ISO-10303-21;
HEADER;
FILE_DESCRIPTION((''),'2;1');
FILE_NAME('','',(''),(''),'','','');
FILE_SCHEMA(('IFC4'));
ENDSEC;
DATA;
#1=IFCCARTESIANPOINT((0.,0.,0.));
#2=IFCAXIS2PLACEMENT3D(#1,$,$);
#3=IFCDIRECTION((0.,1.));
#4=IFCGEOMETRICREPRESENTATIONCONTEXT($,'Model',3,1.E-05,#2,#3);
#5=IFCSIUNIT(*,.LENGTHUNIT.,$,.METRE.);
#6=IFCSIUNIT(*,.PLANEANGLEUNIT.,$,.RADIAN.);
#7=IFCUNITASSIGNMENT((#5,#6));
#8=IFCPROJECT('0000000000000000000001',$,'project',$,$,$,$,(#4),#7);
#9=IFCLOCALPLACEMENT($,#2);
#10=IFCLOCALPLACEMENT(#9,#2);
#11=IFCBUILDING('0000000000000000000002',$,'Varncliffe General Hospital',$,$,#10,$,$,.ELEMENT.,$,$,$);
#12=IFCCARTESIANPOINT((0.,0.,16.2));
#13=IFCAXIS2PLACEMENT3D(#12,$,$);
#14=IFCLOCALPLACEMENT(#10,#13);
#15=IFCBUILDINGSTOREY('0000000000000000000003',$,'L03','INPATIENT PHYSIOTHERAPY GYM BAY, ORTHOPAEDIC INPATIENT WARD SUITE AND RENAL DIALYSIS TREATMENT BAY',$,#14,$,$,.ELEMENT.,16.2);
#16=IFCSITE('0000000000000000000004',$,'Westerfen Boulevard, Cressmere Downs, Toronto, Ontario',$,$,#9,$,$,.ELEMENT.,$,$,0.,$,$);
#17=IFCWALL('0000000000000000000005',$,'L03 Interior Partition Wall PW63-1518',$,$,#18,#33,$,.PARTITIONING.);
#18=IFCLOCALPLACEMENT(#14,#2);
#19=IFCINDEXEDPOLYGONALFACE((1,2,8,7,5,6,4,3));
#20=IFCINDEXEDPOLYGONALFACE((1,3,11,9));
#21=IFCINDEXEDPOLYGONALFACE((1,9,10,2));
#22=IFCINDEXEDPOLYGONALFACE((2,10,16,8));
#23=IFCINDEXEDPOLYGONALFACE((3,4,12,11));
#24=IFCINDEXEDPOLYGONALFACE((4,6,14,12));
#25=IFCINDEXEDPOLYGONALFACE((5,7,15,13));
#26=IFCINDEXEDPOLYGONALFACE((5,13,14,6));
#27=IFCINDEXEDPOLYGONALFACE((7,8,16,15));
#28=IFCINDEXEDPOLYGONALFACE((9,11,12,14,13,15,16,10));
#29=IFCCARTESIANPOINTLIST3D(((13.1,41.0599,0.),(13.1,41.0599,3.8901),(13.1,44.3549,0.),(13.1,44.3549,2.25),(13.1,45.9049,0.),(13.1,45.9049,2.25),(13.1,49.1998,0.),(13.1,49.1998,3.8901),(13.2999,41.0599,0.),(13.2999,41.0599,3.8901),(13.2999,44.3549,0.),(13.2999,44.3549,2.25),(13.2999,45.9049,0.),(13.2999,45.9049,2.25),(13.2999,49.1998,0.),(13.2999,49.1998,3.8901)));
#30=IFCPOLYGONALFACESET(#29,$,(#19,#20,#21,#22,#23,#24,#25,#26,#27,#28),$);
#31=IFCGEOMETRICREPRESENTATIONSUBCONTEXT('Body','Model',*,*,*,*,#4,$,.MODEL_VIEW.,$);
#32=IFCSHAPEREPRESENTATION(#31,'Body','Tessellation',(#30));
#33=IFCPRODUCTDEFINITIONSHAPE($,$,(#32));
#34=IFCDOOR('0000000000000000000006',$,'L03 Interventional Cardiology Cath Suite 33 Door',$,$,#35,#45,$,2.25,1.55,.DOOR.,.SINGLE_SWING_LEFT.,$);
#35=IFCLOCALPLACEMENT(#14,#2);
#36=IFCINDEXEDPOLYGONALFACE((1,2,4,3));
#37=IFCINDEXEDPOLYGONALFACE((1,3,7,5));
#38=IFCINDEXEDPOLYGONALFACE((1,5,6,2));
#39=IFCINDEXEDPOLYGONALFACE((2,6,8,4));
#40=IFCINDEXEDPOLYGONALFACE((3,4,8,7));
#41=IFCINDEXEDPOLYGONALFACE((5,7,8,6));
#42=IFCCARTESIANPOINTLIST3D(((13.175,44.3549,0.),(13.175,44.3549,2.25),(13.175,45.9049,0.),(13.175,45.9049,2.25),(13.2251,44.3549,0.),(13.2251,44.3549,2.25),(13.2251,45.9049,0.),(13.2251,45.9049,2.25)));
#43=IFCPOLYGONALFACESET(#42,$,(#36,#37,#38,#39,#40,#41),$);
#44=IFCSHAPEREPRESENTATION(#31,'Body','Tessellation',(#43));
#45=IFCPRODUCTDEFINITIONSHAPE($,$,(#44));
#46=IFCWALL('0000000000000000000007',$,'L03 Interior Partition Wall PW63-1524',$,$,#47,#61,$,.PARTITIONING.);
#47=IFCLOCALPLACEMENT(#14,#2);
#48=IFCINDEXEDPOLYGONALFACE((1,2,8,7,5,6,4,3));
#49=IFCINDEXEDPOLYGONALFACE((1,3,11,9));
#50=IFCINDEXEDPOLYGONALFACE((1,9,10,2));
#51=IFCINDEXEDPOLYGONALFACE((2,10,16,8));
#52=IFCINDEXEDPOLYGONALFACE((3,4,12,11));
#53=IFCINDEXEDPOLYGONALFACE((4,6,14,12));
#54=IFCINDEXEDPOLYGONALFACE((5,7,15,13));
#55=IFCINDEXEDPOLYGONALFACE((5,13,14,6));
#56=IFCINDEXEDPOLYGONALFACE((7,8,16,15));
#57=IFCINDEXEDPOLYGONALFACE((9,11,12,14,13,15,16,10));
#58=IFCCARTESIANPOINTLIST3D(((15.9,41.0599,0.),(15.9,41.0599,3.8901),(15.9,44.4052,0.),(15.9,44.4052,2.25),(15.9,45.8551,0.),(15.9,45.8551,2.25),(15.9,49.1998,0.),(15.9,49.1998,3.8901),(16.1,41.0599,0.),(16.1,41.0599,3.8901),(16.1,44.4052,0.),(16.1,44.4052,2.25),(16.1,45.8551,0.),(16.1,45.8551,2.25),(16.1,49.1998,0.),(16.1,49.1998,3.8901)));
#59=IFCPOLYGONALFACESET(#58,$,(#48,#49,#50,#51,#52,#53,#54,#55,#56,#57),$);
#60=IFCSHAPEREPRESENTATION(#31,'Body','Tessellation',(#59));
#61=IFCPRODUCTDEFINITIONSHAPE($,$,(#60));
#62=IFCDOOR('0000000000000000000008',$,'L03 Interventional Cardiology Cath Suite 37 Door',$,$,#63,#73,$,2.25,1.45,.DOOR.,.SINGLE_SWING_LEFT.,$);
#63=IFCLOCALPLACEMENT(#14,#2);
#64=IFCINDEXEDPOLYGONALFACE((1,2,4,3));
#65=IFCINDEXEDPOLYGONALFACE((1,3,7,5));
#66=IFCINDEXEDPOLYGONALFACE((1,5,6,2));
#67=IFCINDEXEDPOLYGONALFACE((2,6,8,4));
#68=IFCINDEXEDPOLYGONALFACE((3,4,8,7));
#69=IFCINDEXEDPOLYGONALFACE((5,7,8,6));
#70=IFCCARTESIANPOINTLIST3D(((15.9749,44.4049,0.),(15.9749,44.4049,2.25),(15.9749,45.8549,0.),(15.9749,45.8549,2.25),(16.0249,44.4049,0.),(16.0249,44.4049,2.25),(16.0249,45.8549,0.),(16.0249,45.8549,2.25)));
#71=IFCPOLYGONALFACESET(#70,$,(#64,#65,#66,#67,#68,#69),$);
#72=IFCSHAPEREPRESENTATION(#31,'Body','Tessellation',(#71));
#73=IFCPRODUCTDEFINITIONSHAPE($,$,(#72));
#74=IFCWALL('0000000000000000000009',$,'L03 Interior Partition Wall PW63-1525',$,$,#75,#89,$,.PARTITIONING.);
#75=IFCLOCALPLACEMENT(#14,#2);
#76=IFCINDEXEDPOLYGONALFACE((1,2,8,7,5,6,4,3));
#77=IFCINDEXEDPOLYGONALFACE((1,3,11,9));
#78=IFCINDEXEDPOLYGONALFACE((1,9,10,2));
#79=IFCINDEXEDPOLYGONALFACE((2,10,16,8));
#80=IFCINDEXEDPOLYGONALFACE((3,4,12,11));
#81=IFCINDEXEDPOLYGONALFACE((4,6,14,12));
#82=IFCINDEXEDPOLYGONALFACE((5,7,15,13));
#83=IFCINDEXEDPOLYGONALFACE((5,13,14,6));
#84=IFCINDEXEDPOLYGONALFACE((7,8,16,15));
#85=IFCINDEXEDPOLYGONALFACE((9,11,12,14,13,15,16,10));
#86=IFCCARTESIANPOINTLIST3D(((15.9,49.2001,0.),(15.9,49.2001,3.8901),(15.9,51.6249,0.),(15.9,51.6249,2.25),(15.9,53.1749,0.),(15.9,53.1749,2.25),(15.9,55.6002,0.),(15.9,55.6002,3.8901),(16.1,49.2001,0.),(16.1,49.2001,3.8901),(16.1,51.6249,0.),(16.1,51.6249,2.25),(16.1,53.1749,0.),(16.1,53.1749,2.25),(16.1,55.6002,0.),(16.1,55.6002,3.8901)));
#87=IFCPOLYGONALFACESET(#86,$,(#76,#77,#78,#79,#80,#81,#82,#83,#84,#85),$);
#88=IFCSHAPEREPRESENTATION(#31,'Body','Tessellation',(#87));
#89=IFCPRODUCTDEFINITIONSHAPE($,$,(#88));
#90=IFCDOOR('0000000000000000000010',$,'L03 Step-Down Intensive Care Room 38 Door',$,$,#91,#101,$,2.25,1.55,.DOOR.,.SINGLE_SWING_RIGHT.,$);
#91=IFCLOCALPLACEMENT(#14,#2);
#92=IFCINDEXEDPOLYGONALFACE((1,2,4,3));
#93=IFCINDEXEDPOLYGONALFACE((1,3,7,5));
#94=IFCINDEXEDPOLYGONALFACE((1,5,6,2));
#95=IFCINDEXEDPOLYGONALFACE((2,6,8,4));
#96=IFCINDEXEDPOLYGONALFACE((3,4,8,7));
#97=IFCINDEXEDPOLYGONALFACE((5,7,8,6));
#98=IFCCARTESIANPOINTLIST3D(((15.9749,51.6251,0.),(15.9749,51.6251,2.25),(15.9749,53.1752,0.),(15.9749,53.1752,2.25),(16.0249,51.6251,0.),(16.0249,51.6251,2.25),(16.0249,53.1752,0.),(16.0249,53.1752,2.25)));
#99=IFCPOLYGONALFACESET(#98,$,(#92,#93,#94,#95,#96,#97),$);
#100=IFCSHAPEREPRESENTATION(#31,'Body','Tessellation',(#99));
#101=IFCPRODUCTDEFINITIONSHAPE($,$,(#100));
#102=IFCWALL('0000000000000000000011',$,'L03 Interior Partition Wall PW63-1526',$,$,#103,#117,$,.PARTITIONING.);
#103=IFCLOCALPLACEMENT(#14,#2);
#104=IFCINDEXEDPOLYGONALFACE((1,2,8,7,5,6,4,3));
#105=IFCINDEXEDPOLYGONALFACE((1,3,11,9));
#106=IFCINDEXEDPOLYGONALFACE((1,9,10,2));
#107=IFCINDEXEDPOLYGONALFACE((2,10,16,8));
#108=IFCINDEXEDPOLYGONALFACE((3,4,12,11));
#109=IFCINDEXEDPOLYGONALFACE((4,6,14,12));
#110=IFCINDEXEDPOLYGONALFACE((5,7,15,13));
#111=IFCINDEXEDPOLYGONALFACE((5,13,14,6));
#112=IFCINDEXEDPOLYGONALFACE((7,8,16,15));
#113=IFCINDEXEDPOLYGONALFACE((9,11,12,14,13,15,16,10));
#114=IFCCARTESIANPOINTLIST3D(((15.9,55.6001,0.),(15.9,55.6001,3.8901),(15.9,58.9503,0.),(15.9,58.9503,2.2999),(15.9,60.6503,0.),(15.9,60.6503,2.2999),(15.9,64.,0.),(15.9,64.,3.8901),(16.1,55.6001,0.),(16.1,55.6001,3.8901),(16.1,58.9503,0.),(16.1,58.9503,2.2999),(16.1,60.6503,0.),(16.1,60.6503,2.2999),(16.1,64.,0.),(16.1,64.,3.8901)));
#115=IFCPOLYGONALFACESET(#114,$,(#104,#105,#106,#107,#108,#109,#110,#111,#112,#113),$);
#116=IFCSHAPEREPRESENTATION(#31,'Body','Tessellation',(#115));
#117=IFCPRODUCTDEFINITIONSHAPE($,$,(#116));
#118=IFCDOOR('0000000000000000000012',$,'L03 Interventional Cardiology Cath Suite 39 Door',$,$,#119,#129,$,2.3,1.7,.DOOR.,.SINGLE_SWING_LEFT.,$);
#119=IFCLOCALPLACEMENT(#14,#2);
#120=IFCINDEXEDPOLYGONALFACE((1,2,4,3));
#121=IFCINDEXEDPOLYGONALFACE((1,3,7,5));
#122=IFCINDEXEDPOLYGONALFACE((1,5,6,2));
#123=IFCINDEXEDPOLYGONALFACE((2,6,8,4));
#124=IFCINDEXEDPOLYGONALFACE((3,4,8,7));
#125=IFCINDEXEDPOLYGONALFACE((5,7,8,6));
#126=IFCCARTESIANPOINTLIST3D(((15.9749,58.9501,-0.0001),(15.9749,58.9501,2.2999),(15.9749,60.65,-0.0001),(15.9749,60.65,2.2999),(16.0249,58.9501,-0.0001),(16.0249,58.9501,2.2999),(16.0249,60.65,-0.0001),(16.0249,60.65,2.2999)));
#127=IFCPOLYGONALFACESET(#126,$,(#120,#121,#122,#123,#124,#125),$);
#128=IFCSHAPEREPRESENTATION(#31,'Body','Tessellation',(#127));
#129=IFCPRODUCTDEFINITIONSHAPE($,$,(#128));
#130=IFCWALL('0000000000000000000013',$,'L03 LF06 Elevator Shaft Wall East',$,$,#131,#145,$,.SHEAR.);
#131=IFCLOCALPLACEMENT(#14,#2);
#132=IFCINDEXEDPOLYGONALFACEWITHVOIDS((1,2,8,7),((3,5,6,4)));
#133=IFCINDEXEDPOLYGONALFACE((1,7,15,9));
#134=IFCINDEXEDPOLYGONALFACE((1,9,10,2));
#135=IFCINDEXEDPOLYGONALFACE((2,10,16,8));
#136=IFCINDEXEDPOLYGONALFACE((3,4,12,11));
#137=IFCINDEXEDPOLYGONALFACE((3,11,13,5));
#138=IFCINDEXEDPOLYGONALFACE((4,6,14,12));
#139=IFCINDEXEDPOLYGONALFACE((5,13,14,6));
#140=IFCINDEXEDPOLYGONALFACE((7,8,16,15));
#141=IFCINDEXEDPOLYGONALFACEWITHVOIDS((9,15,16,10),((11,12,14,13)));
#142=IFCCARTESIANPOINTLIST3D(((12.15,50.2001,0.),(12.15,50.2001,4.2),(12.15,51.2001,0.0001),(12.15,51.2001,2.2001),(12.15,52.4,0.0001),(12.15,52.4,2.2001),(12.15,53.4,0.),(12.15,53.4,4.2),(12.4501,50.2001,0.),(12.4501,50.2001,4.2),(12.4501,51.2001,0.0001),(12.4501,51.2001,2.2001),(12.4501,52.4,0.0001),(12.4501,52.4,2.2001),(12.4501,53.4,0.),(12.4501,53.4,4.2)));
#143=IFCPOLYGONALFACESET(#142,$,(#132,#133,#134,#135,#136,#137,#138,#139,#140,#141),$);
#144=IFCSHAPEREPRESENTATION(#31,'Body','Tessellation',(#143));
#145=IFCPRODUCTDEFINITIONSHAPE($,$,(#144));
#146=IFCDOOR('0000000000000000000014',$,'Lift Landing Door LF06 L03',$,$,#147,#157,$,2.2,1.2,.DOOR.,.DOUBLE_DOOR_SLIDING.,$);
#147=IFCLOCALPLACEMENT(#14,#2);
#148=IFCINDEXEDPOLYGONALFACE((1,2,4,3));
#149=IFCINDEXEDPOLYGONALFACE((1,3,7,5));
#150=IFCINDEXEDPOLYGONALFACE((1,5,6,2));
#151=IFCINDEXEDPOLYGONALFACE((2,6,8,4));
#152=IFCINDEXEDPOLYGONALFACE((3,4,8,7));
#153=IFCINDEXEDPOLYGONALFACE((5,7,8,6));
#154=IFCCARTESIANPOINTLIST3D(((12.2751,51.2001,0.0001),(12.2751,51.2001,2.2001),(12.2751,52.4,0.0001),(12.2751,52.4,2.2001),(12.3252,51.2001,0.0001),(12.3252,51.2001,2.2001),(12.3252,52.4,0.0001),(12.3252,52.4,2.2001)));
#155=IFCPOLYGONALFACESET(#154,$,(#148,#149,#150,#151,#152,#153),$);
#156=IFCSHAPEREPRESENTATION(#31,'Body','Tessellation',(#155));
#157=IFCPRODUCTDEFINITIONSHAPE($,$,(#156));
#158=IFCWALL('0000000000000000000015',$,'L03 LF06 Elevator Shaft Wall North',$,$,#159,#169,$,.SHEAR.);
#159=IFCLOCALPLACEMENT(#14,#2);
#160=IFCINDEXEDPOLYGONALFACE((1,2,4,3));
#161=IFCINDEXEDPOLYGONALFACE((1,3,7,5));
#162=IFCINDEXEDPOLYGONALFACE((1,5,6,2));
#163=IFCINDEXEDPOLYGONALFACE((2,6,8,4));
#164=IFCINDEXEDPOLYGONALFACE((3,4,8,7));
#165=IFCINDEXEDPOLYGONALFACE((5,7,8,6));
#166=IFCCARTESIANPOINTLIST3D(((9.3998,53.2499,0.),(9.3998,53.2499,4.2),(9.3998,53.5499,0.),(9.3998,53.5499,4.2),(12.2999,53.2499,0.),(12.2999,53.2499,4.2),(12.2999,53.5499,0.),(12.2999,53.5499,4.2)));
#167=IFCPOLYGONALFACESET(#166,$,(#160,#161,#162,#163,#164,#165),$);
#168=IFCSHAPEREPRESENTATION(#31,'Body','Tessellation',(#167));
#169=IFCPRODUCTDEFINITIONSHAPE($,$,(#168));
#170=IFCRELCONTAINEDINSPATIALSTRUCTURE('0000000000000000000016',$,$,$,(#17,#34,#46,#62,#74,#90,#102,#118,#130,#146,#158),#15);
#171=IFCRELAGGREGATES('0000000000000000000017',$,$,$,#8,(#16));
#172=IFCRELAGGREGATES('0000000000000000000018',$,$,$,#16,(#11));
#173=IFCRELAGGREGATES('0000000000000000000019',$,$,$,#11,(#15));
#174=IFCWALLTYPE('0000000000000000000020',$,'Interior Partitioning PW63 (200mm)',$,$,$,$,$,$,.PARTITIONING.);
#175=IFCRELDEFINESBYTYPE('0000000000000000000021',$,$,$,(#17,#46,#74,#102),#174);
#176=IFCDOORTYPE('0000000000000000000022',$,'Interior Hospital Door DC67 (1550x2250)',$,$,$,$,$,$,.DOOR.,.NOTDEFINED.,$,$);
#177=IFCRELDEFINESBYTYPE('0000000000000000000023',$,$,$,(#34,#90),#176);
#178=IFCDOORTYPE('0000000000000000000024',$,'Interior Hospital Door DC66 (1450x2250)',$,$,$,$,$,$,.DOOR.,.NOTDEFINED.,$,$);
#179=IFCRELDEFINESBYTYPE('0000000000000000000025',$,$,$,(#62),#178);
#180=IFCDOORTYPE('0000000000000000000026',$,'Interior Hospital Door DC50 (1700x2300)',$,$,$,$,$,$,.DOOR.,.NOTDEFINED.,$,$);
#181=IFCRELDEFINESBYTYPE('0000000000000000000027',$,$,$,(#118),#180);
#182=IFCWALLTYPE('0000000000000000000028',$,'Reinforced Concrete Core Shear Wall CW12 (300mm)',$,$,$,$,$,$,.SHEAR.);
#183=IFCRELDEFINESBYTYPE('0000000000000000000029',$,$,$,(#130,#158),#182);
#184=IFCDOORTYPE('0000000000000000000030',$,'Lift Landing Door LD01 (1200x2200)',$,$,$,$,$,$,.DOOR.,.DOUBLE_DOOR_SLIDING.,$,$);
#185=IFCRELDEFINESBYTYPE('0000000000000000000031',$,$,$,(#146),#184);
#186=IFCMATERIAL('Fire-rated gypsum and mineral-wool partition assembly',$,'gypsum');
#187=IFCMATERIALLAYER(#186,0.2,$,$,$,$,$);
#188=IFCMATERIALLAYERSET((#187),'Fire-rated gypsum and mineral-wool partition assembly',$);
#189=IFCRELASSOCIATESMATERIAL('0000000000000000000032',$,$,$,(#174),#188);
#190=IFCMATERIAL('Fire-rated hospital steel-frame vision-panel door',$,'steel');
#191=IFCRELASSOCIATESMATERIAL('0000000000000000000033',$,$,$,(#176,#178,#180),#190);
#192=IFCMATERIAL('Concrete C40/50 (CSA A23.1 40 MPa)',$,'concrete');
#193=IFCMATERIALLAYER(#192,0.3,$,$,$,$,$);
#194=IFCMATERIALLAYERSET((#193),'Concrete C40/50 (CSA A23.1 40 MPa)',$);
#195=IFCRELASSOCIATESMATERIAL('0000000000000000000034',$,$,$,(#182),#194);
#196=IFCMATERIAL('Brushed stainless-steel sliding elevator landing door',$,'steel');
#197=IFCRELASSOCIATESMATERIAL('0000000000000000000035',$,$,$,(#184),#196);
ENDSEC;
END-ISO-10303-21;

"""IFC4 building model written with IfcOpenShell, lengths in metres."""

from ifc_helpers import new_model, si_unit, direction, frame, frame_2d, origin, place, context, subcontext, project, spatial, rectangle, extrude, material, layer, layer_set, type_object, element, fill, save


model = new_model("IFC4")

# Units and contexts
model_context = context("Model", 3, precision=1e-05, world=origin(), true_north=direction((0.0, 1.0)))
body_context = subcontext(model_context, "Body", "Model", "MODEL_VIEW")
ifc_project = project(units=[si_unit("LENGTHUNIT", "METRE"), si_unit("PLANEANGLEUNIT", "RADIAN")], contexts=[model_context])

# Site, building, storey
site_placement = place(None, origin())
site = spatial("IfcSite", under=ifc_project, at=site_placement, Name="Westerfen Boulevard, Cressmere Downs, Toronto, Ontario", CompositionType="ELEMENT", RefElevation=0.0)
building_placement = place(site_placement, origin())
building = spatial("IfcBuilding", under=site, at=building_placement, Name="Varncliffe General Hospital", CompositionType="ELEMENT")
storey_placement = place(building_placement, frame((0.0, 0.0, 16.2)))
storey = spatial("IfcBuildingStorey", under=building, at=storey_placement, Name="L03", Description="INPATIENT PHYSIOTHERAPY GYM BAY, ORTHOPAEDIC INPATIENT WARD SUITE AND RENAL DIALYSIS TREATMENT BAY", CompositionType="ELEMENT", Elevation=16.2)

# Shared definitions
ifc_material_1 = material(Name="Concrete C40/50 (CSA A23.1 40 MPa)", Category="concrete")

# Walls, openings, doors
ifc_material_2 = material(Name="Fire-rated gypsum and mineral-wool partition assembly", Category="gypsum")
ifc_layer_1 = layer(ifc_material_2, 0.2)
ifc_layer_set_1 = layer_set([ifc_layer_1], Name="Fire-rated gypsum and mineral-wool partition assembly")
wall_type_1 = type_object("IfcWallType", Name="Interior Partitioning PW63 (200mm)", PredefinedType="PARTITIONING", material=ifc_layer_set_1)
wall_1_placement = place(storey_placement, frame((13.2, 41.0601, 0.0), z_axis=(0.0, 0.0, 1.0), x_axis=(0.0, 1.0, 0.0)))
wall_1 = element("IfcWall", 1, at=wall_1_placement, inside=storey, type_object=wall_type_1, Name="L03 Interior Partition Wall PW63-1518", PredefinedType="PARTITIONING", context=body_context, shape_type="SweptSolid", body=[
    extrude(rectangle(XDim=8.1399, YDim=0.2, at=frame_2d((4.0698, 0.0))), origin(), (0.0, 0.0, 1.0), 3.8901),
])
opening_1_placement = place(wall_1_placement, frame((3.2949, 0.0, 0.0)))
opening_1 = element("IfcOpeningElement", 2, at=opening_1_placement, cuts=wall_1, PredefinedType="OPENING", context=body_context, shape_type="SweptSolid", body=[
    extrude(rectangle(XDim=1.55, YDim=2.25, at=frame_2d((0.7749, 1.125))), frame((0.0, 0.1099, 0.0), z_axis=(0.0, -1.0, 0.0), x_axis=(1.0, 0.0, 0.0)), (0.0, 0.0, 1.0), 0.22),
])
ifc_material_3 = material(Name="Fire-rated hospital steel-frame vision-panel door", Category="steel")
door_type_1 = type_object("IfcDoorType", Name="Interior Hospital Door DC67 (1550x2250)", OperationType="NOTDEFINED", PredefinedType="DOOR", material=ifc_material_3)
door_1_placement = place(opening_1_placement, origin())
door_1 = element("IfcDoor", 3, at=door_1_placement, inside=storey, type_object=door_type_1, Name="L03 Interventional Cardiology Cath Suite 33 Door", OperationType="SINGLE_SWING_LEFT", OverallHeight=2.25, OverallWidth=1.55, PredefinedType="DOOR", context=body_context, shape_type="SweptSolid", body=[
    extrude(rectangle(XDim=1.55, YDim=2.25, at=frame_2d((0.7749, 1.125))), frame((0.0, 0.0249, 0.0), z_axis=(0.0, -1.0, 0.0), x_axis=(1.0, 0.0, 0.0)), (0.0, 0.0, 1.0), 0.05),
])
fill(opening_1, door_1)
wall_2_placement = place(storey_placement, frame((16.0, 41.0601, 0.0), z_axis=(0.0, 0.0, 1.0), x_axis=(0.0, 1.0, 0.0)))
wall_2 = element("IfcWall", 4, at=wall_2_placement, inside=storey, type_object=wall_type_1, Name="L03 Interior Partition Wall PW63-1524", PredefinedType="PARTITIONING", context=body_context, shape_type="SweptSolid", body=[
    extrude(rectangle(XDim=8.1399, YDim=0.2, at=frame_2d((4.0698, 0.0))), origin(), (0.0, 0.0, 1.0), 3.8901),
])
opening_2_placement = place(wall_2_placement, frame((3.345, 0.0, 0.0)))
opening_2 = element("IfcOpeningElement", 5, at=opening_2_placement, cuts=wall_2, PredefinedType="OPENING", context=body_context, shape_type="SweptSolid", body=[
    extrude(rectangle(XDim=1.45, YDim=2.25, at=frame_2d((0.7251, 1.125))), frame((0.0, 0.1099, 0.0), z_axis=(0.0, -1.0, 0.0), x_axis=(1.0, 0.0, 0.0)), (0.0, 0.0, 1.0), 0.22),
])
door_type_2 = type_object("IfcDoorType", Name="Interior Hospital Door DC66 (1450x2250)", OperationType="NOTDEFINED", PredefinedType="DOOR", material=ifc_material_3)
door_2_placement = place(opening_2_placement, frame((1.45, 0.0, 0.0), z_axis=(0.0, 0.0, 1.0), x_axis=(-1.0, 0.0, 0.0)))
door_2 = element("IfcDoor", 6, at=door_2_placement, inside=storey, type_object=door_type_2, Name="L03 Interventional Cardiology Cath Suite 37 Door", OperationType="SINGLE_SWING_LEFT", OverallHeight=2.25, OverallWidth=1.45, PredefinedType="DOOR", context=body_context, shape_type="SweptSolid", body=[
    extrude(rectangle(XDim=1.45, YDim=2.25, at=frame_2d((0.7251, 1.125))), frame((0.0, 0.0249, 0.0), z_axis=(0.0, -1.0, 0.0), x_axis=(1.0, 0.0, 0.0)), (0.0, 0.0, 1.0), 0.05),
])
fill(opening_2, door_2)
wall_3_placement = place(storey_placement, frame((16.0, 49.2, 0.0), z_axis=(0.0, 0.0, 1.0), x_axis=(0.0, 1.0, 0.0)))
wall_3 = element("IfcWall", 7, at=wall_3_placement, inside=storey, type_object=wall_type_1, Name="L03 Interior Partition Wall PW63-1525", PredefinedType="PARTITIONING", context=body_context, shape_type="SweptSolid", body=[
    extrude(rectangle(XDim=6.4001, YDim=0.2, at=frame_2d((3.2002, 0.0))), origin(), (0.0, 0.0, 1.0), 3.8901),
])
opening_3_placement = place(wall_3_placement, frame((2.425, 0.0, 0.0)))
opening_3 = element("IfcOpeningElement", 8, at=opening_3_placement, cuts=wall_3, PredefinedType="OPENING", context=body_context, shape_type="SweptSolid", body=[
    extrude(rectangle(XDim=1.55, YDim=2.25, at=frame_2d((0.7749, 1.125))), frame((0.0, 0.1099, 0.0), z_axis=(0.0, -1.0, 0.0), x_axis=(1.0, 0.0, 0.0)), (0.0, 0.0, 1.0), 0.22),
])
door_3_placement = place(opening_3_placement, frame((1.55, 0.0, 0.0), z_axis=(0.0, 0.0, 1.0), x_axis=(-1.0, 0.0, 0.0)))
door_3 = element("IfcDoor", 9, at=door_3_placement, inside=storey, type_object=door_type_1, Name="L03 Step-Down Intensive Care Room 38 Door", OperationType="SINGLE_SWING_RIGHT", OverallHeight=2.25, OverallWidth=1.55, PredefinedType="DOOR", context=body_context, shape_type="SweptSolid", body=[
    extrude(rectangle(XDim=1.55, YDim=2.25, at=frame_2d((0.7749, 1.125))), frame((0.0, 0.0249, 0.0), z_axis=(0.0, -1.0, 0.0), x_axis=(1.0, 0.0, 0.0)), (0.0, 0.0, 1.0), 0.05),
])
fill(opening_3, door_3)
wall_4_placement = place(storey_placement, frame((16.0, 55.6001, 0.0), z_axis=(0.0, 0.0, 1.0), x_axis=(0.0, 1.0, 0.0)))
wall_4 = element("IfcWall", 10, at=wall_4_placement, inside=storey, type_object=wall_type_1, Name="L03 Interior Partition Wall PW63-1526", PredefinedType="PARTITIONING", context=body_context, shape_type="SweptSolid", body=[
    extrude(rectangle(XDim=8.3999, YDim=0.2, at=frame_2d((4.2, 0.0))), origin(), (0.0, 0.0, 1.0), 3.8901),
])
opening_4_placement = place(wall_4_placement, frame((3.3501, 0.0, 0.0)))
opening_4 = element("IfcOpeningElement", 11, at=opening_4_placement, cuts=wall_4, PredefinedType="OPENING", context=body_context, shape_type="SweptSolid", body=[
    extrude(rectangle(XDim=1.7, YDim=2.3, at=frame_2d((0.8501, 1.1499))), frame((0.0, 0.1099, 0.0), z_axis=(0.0, -1.0, 0.0), x_axis=(1.0, 0.0, 0.0)), (0.0, 0.0, 1.0), 0.22),
])
door_type_3 = type_object("IfcDoorType", Name="Interior Hospital Door DC50 (1700x2300)", OperationType="NOTDEFINED", PredefinedType="DOOR", material=ifc_material_3)
door_4_placement = place(opening_4_placement, frame((1.7, 0.0, 0.0), z_axis=(0.0, 0.0, 1.0), x_axis=(-1.0, 0.0, 0.0)))
door_4 = element("IfcDoor", 12, at=door_4_placement, inside=storey, type_object=door_type_3, Name="L03 Interventional Cardiology Cath Suite 39 Door", OperationType="SINGLE_SWING_LEFT", OverallHeight=2.3, OverallWidth=1.7, PredefinedType="DOOR", context=body_context, shape_type="SweptSolid", body=[
    extrude(rectangle(XDim=1.7, YDim=2.3, at=frame_2d((0.8501, 1.1499))), frame((0.0, 0.0249, 0.0), z_axis=(0.0, -1.0, 0.0), x_axis=(1.0, 0.0, 0.0)), (0.0, 0.0, 1.0), 0.05),
])
fill(opening_4, door_4)
ifc_layer_2 = layer(ifc_material_1, 0.3)
ifc_layer_set_2 = layer_set([ifc_layer_2], Name="Concrete C40/50 (CSA A23.1 40 MPa)")
wall_type_2 = type_object("IfcWallType", Name="Reinforced Concrete Core Shear Wall CW12 (300mm)", PredefinedType="SHEAR", material=ifc_layer_set_2)
wall_5_placement = place(storey_placement, frame((12.3, 50.2, 0.0), z_axis=(0.0, 0.0, 1.0), x_axis=(0.0, 1.0, 0.0)))
wall_5 = element("IfcWall", 13, at=wall_5_placement, inside=storey, type_object=wall_type_2, Name="L03 LF06 Elevator Shaft Wall East", PredefinedType="SHEAR", context=body_context, shape_type="SweptSolid", body=[
    extrude(rectangle(XDim=3.2, YDim=0.3, at=frame_2d((1.6001, 0.0))), origin(), (0.0, 0.0, 1.0), 4.2),
])
opening_5_placement = place(wall_5_placement, frame((1.0, 0.0, 0.0)))
opening_5 = element("IfcOpeningElement", 14, at=opening_5_placement, cuts=wall_5, PredefinedType="OPENING", context=body_context, shape_type="SweptSolid", body=[
    extrude(rectangle(XDim=1.2, YDim=2.2, at=frame_2d((0.6001, 1.1001))), frame((0.0, 0.1602, 0.0), z_axis=(0.0, -1.0, 0.0), x_axis=(1.0, 0.0, 0.0)), (0.0, 0.0, 1.0), 0.3201),
])
ifc_material_4 = material(Name="Brushed stainless-steel sliding elevator landing door", Category="steel")
door_type_4 = type_object("IfcDoorType", Name="Lift Landing Door LD01 (1200x2200)", OperationType="DOUBLE_DOOR_SLIDING", PredefinedType="DOOR", material=ifc_material_4)
door_5_placement = place(opening_5_placement, origin())
door_5 = element("IfcDoor", 15, at=door_5_placement, inside=storey, type_object=door_type_4, Name="Lift Landing Door LF06 L03", OperationType="DOUBLE_DOOR_SLIDING", OverallHeight=2.2, OverallWidth=1.2, PredefinedType="DOOR", context=body_context, shape_type="SweptSolid", body=[
    extrude(rectangle(XDim=1.2, YDim=2.2, at=frame_2d((0.6001, 1.1001))), frame((0.0, 0.0249, 0.0), z_axis=(0.0, -1.0, 0.0), x_axis=(1.0, 0.0, 0.0)), (0.0, 0.0, 1.0), 0.05),
])
fill(opening_5, door_5)

# Wall
wall_6_placement = place(storey_placement, frame((12.3, 53.3999, 0.0), z_axis=(0.0, 0.0, 1.0), x_axis=(-1.0, 0.0, 0.0)))
element("IfcWall", 16, at=wall_6_placement, inside=storey, type_object=wall_type_2, Name="L03 LF06 Elevator Shaft Wall North", PredefinedType="SHEAR", context=body_context, shape_type="SweptSolid", body=[
    extrude(rectangle(XDim=2.9001, YDim=0.3, at=frame_2d((1.4502, 0.0))), origin(), (0.0, 0.0, 1.0), 4.2),
])

save(model, "model.ifc")
